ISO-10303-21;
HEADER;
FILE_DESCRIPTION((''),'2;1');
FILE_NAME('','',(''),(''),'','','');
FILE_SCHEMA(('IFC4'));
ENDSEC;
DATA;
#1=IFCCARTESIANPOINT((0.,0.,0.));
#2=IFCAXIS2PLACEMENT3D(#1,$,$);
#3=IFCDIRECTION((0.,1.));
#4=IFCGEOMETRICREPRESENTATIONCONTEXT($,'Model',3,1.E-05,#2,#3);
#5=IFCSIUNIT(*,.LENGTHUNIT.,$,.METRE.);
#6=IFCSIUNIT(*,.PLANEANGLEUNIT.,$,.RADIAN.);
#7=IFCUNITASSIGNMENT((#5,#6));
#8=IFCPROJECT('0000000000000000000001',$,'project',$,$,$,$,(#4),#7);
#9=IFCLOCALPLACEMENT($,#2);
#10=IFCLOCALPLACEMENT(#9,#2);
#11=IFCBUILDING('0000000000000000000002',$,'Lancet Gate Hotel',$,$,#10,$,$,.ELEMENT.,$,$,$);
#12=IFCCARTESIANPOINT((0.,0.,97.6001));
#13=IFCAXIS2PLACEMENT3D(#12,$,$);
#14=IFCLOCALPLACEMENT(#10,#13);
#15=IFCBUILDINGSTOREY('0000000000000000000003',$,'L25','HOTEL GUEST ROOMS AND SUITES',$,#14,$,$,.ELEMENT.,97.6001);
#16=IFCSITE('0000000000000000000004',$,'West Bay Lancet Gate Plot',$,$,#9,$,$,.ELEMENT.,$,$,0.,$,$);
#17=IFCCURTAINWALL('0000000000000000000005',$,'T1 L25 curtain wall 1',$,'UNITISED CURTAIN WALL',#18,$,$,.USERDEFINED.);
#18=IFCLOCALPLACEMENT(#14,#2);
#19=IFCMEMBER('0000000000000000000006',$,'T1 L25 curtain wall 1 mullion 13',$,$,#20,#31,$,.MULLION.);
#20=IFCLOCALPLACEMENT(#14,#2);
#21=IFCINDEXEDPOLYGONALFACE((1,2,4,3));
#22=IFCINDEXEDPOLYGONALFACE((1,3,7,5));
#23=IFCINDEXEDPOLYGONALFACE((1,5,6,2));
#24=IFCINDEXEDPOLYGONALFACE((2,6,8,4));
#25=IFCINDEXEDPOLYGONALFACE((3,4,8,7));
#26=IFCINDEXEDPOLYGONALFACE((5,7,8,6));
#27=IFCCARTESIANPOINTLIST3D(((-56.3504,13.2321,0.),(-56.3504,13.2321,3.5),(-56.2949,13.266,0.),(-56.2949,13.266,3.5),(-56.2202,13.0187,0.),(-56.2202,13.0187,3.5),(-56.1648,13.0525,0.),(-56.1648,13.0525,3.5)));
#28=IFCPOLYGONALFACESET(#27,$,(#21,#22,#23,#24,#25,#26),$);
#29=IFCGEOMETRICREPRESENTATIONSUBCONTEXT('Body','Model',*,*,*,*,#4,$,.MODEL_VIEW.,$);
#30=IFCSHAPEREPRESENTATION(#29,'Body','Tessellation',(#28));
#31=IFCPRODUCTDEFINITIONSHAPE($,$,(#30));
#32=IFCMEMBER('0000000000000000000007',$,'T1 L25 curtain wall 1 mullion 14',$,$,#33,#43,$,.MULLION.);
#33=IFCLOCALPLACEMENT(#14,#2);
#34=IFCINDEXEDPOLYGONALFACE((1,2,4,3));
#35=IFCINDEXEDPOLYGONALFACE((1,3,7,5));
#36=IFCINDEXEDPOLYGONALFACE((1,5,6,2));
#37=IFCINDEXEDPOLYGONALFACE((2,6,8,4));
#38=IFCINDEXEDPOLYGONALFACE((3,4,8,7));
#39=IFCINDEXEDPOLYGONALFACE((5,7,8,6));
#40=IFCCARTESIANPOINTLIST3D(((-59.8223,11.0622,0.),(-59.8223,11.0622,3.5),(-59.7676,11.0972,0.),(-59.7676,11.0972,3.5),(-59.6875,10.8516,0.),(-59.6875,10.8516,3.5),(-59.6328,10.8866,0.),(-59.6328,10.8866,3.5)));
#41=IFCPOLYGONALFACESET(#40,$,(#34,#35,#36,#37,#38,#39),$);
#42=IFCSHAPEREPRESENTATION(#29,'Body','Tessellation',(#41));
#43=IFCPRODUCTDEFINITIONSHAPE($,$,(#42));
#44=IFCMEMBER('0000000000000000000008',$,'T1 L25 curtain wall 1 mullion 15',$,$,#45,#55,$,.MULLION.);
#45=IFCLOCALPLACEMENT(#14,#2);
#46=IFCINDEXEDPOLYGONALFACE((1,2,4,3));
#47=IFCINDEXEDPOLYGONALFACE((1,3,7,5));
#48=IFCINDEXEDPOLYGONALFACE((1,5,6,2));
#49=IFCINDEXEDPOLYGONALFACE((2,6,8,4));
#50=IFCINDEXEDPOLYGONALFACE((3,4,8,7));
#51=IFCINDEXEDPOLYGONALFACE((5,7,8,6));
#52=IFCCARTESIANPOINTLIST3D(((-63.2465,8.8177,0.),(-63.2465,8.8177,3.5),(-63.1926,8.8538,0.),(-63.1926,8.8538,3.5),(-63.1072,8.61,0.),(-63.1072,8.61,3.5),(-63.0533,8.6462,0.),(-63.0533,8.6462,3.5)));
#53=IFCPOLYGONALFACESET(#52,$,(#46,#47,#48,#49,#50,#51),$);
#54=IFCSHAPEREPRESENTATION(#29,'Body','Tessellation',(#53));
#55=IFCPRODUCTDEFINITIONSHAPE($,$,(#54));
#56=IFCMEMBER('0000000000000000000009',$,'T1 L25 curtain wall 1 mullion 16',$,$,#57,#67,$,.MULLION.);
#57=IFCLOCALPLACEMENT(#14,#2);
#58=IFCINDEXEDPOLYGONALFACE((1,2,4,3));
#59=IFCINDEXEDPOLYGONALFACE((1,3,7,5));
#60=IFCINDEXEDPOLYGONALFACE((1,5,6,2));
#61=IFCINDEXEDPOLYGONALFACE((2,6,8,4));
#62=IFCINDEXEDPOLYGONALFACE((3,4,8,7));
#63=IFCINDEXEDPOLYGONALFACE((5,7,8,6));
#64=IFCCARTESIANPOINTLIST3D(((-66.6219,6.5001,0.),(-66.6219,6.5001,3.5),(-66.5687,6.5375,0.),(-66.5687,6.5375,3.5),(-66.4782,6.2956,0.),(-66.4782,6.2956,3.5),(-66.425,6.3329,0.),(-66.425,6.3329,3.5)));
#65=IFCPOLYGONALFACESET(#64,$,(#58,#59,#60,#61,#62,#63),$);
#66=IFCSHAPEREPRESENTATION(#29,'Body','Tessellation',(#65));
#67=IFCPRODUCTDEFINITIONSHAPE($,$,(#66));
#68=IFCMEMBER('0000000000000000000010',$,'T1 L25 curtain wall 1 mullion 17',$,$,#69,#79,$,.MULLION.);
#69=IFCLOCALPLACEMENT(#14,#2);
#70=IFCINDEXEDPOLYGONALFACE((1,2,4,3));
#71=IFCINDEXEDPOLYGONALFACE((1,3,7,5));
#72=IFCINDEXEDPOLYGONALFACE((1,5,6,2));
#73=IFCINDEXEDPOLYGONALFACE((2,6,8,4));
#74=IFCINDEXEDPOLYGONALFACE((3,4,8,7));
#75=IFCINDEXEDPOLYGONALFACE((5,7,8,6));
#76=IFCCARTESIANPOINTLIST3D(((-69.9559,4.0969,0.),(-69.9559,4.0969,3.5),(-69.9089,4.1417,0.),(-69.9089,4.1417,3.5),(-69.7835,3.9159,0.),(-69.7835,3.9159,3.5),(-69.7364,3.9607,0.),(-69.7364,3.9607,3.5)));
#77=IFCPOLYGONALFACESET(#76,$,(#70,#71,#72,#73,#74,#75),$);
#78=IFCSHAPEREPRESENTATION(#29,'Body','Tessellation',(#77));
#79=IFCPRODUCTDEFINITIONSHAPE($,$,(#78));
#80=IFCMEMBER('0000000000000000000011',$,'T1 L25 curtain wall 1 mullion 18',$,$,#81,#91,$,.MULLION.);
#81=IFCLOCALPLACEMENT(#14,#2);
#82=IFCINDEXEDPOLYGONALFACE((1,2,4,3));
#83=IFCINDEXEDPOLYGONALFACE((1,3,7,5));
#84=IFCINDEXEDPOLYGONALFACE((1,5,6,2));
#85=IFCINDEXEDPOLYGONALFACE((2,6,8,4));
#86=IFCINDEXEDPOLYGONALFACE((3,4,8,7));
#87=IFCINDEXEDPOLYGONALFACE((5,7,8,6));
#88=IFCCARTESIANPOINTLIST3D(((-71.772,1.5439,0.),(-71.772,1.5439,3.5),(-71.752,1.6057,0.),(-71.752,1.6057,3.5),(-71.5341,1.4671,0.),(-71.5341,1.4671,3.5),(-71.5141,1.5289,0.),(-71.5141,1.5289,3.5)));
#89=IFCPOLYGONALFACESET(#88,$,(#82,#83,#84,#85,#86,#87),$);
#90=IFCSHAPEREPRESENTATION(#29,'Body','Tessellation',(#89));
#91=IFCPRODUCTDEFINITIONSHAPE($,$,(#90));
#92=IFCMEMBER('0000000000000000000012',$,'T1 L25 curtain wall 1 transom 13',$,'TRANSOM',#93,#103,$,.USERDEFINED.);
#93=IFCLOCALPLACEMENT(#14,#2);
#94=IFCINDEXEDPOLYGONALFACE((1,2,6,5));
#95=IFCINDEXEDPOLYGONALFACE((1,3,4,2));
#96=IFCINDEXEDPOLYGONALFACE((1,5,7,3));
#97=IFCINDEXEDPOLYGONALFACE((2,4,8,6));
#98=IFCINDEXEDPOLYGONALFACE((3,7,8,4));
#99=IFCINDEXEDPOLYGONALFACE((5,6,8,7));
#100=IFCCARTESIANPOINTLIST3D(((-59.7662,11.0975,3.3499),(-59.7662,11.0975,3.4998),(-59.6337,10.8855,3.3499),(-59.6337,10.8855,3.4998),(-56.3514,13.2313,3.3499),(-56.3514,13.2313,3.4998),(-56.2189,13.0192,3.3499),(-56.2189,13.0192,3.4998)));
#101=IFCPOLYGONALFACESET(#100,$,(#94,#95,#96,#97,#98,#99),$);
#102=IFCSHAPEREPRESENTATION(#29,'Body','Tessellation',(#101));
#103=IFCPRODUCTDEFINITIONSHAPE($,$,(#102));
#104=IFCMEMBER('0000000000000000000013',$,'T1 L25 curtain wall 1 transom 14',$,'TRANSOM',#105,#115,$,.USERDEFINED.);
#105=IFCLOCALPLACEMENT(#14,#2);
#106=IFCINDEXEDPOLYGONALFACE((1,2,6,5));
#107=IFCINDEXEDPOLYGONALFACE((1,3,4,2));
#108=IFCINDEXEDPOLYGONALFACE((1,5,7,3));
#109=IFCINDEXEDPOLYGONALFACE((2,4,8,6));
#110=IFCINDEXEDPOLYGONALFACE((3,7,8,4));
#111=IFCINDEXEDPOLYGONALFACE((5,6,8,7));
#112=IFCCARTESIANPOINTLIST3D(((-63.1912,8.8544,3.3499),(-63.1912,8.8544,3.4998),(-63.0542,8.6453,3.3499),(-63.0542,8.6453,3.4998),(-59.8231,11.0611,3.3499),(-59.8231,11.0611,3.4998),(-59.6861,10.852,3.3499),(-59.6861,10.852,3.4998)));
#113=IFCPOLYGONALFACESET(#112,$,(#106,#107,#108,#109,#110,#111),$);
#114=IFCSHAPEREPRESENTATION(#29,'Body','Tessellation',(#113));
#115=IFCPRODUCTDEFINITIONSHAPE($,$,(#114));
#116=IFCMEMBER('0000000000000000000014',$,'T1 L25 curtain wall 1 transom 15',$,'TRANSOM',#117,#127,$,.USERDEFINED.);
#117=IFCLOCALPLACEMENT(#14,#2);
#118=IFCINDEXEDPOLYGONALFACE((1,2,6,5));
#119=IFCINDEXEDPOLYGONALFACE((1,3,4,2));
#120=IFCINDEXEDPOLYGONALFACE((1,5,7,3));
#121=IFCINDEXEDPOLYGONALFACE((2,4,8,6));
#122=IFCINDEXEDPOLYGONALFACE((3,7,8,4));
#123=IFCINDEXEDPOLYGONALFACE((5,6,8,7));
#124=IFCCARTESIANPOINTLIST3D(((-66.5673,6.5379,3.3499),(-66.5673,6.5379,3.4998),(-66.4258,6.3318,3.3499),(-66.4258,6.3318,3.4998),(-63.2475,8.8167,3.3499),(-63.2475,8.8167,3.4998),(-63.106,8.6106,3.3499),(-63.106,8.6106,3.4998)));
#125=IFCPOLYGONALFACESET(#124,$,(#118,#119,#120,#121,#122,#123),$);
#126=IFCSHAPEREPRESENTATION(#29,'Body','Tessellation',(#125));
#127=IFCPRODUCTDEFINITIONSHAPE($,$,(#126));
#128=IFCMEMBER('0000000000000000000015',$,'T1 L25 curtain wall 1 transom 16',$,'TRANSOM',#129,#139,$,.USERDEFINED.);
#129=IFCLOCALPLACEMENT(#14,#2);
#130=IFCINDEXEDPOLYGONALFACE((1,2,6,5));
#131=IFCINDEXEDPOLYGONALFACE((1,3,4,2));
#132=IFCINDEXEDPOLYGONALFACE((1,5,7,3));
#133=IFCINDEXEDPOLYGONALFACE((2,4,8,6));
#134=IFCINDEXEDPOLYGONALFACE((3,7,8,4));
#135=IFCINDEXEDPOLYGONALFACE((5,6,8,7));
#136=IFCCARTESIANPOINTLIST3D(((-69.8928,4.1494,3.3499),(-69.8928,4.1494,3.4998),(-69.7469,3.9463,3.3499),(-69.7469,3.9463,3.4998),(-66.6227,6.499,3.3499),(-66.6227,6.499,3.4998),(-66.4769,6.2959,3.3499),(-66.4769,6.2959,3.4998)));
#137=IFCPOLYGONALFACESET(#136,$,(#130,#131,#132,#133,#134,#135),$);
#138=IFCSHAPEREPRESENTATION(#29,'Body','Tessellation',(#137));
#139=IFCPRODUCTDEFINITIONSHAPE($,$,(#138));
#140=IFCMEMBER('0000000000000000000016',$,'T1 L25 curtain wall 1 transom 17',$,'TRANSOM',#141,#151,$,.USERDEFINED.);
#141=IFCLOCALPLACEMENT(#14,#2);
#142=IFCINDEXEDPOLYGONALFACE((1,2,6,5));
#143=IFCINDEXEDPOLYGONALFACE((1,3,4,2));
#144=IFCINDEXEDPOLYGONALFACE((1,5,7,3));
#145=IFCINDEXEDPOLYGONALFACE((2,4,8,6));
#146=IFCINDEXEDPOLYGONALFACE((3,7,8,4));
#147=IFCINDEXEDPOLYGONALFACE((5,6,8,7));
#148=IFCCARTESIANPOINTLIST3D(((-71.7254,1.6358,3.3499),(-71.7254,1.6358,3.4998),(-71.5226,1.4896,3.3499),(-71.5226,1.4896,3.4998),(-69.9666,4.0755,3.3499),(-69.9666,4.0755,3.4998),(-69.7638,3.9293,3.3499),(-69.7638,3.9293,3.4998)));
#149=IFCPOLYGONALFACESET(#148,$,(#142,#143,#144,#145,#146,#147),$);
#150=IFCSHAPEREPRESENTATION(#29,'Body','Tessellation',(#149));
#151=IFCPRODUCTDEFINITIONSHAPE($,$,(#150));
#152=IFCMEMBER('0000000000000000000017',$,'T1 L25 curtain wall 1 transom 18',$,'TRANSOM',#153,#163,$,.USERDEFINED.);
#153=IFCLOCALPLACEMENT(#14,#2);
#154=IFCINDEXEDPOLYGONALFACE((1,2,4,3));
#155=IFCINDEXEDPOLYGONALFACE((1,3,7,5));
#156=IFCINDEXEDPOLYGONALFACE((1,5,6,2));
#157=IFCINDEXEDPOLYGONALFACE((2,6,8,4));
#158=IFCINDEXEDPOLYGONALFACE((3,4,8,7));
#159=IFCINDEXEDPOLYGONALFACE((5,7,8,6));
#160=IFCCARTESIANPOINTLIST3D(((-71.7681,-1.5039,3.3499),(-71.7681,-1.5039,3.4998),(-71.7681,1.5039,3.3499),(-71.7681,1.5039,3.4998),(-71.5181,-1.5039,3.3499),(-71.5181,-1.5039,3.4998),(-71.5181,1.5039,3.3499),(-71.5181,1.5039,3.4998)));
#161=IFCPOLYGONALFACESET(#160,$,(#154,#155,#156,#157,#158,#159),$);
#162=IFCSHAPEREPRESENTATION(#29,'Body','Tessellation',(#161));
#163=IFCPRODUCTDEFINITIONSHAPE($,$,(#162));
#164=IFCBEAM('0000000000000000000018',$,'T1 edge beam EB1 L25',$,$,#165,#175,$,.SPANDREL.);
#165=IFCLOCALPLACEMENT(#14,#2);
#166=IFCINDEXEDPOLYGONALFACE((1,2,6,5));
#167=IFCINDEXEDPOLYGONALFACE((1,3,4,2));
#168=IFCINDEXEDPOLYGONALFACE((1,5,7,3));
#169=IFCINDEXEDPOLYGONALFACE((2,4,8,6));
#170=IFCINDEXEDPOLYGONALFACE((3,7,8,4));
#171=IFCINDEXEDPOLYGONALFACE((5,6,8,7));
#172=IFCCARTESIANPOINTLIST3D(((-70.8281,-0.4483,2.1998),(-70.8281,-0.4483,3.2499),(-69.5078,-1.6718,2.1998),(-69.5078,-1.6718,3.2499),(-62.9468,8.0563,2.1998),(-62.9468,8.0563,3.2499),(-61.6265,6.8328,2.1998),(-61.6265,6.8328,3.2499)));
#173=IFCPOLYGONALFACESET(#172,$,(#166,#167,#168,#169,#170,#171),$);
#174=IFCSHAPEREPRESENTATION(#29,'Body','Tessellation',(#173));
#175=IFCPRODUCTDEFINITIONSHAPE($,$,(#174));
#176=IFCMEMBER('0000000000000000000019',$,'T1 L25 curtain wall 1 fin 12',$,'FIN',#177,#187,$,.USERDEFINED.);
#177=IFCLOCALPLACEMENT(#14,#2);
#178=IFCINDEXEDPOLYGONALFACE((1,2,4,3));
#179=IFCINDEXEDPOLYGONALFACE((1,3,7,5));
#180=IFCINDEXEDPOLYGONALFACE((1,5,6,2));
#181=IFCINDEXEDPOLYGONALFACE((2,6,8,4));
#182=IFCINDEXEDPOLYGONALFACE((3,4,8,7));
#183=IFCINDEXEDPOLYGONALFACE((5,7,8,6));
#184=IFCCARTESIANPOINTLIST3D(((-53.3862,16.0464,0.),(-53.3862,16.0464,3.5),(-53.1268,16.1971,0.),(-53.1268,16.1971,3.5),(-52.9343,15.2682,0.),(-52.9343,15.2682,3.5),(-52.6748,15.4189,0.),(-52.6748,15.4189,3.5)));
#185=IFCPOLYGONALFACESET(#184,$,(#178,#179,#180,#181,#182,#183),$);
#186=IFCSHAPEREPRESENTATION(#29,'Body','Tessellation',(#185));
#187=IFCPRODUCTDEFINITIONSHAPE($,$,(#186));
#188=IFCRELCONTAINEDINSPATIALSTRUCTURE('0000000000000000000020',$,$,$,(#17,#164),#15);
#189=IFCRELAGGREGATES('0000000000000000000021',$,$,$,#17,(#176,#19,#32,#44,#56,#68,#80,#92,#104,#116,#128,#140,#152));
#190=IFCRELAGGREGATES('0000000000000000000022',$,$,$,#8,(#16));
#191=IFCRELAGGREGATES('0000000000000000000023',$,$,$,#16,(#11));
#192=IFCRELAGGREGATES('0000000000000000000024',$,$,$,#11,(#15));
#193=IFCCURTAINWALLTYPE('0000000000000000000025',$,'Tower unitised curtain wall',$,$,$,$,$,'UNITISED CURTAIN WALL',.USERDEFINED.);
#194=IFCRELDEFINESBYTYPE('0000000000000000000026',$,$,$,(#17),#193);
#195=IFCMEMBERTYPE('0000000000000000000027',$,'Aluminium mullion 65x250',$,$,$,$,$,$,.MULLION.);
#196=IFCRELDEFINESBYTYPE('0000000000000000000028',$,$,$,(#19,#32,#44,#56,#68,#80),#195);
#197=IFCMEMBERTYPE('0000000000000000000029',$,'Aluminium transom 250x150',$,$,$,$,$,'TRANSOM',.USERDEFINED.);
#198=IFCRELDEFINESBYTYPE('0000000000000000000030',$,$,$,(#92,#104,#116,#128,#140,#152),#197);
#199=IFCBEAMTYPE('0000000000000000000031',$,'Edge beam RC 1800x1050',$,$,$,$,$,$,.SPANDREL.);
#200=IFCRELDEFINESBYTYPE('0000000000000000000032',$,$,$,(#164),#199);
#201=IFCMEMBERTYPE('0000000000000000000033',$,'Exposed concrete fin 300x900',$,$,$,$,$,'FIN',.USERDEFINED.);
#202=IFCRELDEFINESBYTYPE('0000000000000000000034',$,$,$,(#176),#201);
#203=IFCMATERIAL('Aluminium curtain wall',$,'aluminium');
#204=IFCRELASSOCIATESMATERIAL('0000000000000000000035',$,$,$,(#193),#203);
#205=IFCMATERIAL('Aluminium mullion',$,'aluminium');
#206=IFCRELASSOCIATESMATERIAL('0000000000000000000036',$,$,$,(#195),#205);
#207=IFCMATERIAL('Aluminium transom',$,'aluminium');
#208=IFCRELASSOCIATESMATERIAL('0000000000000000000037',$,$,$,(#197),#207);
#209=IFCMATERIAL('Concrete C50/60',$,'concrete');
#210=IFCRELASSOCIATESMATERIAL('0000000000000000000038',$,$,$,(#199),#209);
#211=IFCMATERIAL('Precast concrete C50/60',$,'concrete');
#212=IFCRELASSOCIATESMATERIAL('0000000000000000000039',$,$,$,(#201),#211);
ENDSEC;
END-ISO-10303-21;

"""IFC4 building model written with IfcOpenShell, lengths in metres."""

from ifc_helpers import new_model, si_unit, direction, frame, origin, origin_2d, place, context, subcontext, project, spatial, rectangle, extrude, material, material_profile, profile_set, type_object, element, aggregate, save


model = new_model("IFC4")

# Units and contexts
model_context = context("Model", 3, precision=1e-05, world=origin(), true_north=direction((0.0, 1.0)))
body_context = subcontext(model_context, "Body", "Model", "MODEL_VIEW")
ifc_project = project(units=[si_unit("LENGTHUNIT", "METRE"), si_unit("PLANEANGLEUNIT", "RADIAN")], contexts=[model_context])

# Site, building, storey
site_placement = place(None, origin())
site = spatial("IfcSite", under=ifc_project, at=site_placement, Name="West Bay Lancet Gate Plot", CompositionType="ELEMENT", RefElevation=0.0)
building_placement = place(site_placement, origin())
building = spatial("IfcBuilding", under=site, at=building_placement, Name="Lancet Gate Hotel", CompositionType="ELEMENT")
storey_placement = place(building_placement, frame((0.0, 0.0, 97.6001)))
storey = spatial("IfcBuildingStorey", under=building, at=storey_placement, Name="L25", Description="HOTEL GUEST ROOMS AND SUITES", CompositionType="ELEMENT", Elevation=97.6001)

# Curtain wall, members
ifc_material_1 = material(Name="Aluminium curtain wall", Category="aluminium")
curtain_wall_type = type_object("IfcCurtainWallType", Name="Tower unitised curtain wall", ElementType="UNITISED CURTAIN WALL", PredefinedType="USERDEFINED", material=ifc_material_1)
curtain_wall_placement = place(storey_placement, origin())
curtain_wall = element("IfcCurtainWall", 1, at=curtain_wall_placement, inside=storey, type_object=curtain_wall_type, Name="T1 L25 curtain wall 1", ObjectType="UNITISED CURTAIN WALL", PredefinedType="USERDEFINED")
ifc_material_2 = material(Name="Aluminium mullion", Category="aluminium")
ifc_material_profile_1 = material_profile(ifc_material_2, rectangle(XDim=0.0649, YDim=0.25, at=origin_2d()), Name="MULLION 65x250")
ifc_profile_set_1 = profile_set([ifc_material_profile_1], Name="Aluminium mullion")
member_type_1 = type_object("IfcMemberType", Name="Aluminium mullion 65x250", PredefinedType="MULLION", material=ifc_profile_set_1)
member_1_placement = place(storey_placement, frame((-56.2576, 13.1423, 0.0), z_axis=(0.0, 0.0, 1.0), x_axis=(-0.853716, -0.520739, 0.0)))
member_1 = element("IfcMember", 2, at=member_1_placement, type_object=member_type_1, Name="T1 L25 curtain wall 1 mullion 13", PredefinedType="MULLION", context=body_context, shape_type="SweptSolid", body=[
    extrude(rectangle(XDim=0.0649, YDim=0.25, at=origin_2d()), origin(), (0.0, 0.0, 1.0), 3.5),
])
member_2_placement = place(storey_placement, frame((-59.7275, 10.9744, 0.0), z_axis=(0.0, 0.0, 1.0), x_axis=(-0.842308, -0.538996, 0.0)))
member_2 = element("IfcMember", 3, at=member_2_placement, type_object=member_type_1, Name="T1 L25 curtain wall 1 mullion 14", PredefinedType="MULLION", context=body_context, shape_type="SweptSolid", body=[
    extrude(rectangle(XDim=0.0649, YDim=0.25, at=origin_2d()), origin(), (0.0, 0.0, 1.0), 3.5),
])
member_3_placement = place(storey_placement, frame((-63.1499, 8.7319, 0.0), z_axis=(0.0, 0.0, 1.0), x_axis=(-0.83051, -0.557004, 0.0)))
member_3 = element("IfcMember", 4, at=member_3_placement, type_object=member_type_1, Name="T1 L25 curtain wall 1 mullion 15", PredefinedType="MULLION", context=body_context, shape_type="SweptSolid", body=[
    extrude(rectangle(XDim=0.0649, YDim=0.25, at=origin_2d()), origin(), (0.0, 0.0, 1.0), 3.5),
])
member_4_placement = place(storey_placement, frame((-66.5234, 6.4165, 0.0), z_axis=(0.0, 0.0, 1.0), x_axis=(-0.818327, -0.574753, 0.0)))
member_4 = element("IfcMember", 5, at=member_4_placement, type_object=member_type_1, Name="T1 L25 curtain wall 1 mullion 16", PredefinedType="MULLION", context=body_context, shape_type="SweptSolid", body=[
    extrude(rectangle(XDim=0.0649, YDim=0.25, at=origin_2d()), origin(), (0.0, 0.0, 1.0), 3.5),
])
member_5_placement = place(storey_placement, frame((-69.8462, 4.0288, 0.0), z_axis=(0.0, 0.0, 1.0), x_axis=(-0.723846, -0.689961, 0.0)))
member_5 = element("IfcMember", 6, at=member_5_placement, type_object=member_type_1, Name="T1 L25 curtain wall 1 mullion 17", PredefinedType="MULLION", context=body_context, shape_type="SweptSolid", body=[
    extrude(rectangle(XDim=0.0649, YDim=0.25, at=origin_2d()), origin(), (0.0, 0.0, 1.0), 3.5),
])
member_6_placement = place(storey_placement, frame((-71.6431, 1.5364, 0.0), z_axis=(0.0, 0.0, 1.0), x_axis=(-0.307269, -0.951623, 0.0)))
member_6 = element("IfcMember", 7, at=member_6_placement, type_object=member_type_1, Name="T1 L25 curtain wall 1 mullion 18", PredefinedType="MULLION", context=body_context, shape_type="SweptSolid", body=[
    extrude(rectangle(XDim=0.0649, YDim=0.25, at=origin_2d()), origin(), (0.0, 0.0, 1.0), 3.5),
])
ifc_material_3 = material(Name="Aluminium transom", Category="aluminium")
ifc_material_profile_2 = material_profile(ifc_material_3, rectangle(XDim=0.25, YDim=0.1499, at=origin_2d()), Name="TRANSOM 250x150")
ifc_profile_set_2 = profile_set([ifc_material_profile_2], Name="Aluminium transom")
member_type_2 = type_object("IfcMemberType", Name="Aluminium transom 250x150", ElementType="TRANSOM", PredefinedType="USERDEFINED", material=ifc_profile_set_2)
member_7_placement = place(storey_placement, frame((-56.2852, 13.1252, 3.4248), z_axis=(-0.848049, -0.529917, 0.0), x_axis=(0.529917, -0.848049, 0.0)))
member_7 = element("IfcMember", 8, at=member_7_placement, type_object=member_type_2, Name="T1 L25 curtain wall 1 transom 13", ObjectType="TRANSOM", PredefinedType="USERDEFINED", context=body_context, shape_type="SweptSolid", body=[
    extrude(rectangle(XDim=0.25, YDim=0.1499, at=origin_2d()), origin(), (0.0, 0.0, 1.0), 4.0266),
])
member_8_placement = place(storey_placement, frame((-59.7546, 10.9565, 3.4248), z_axis=(-0.836454, -0.548036, 0.0), x_axis=(0.548036, -0.836454, 0.0)))
member_8 = element("IfcMember", 9, at=member_8_placement, type_object=member_type_2, Name="T1 L25 curtain wall 1 transom 14", ObjectType="TRANSOM", PredefinedType="USERDEFINED", context=body_context, shape_type="SweptSolid", body=[
    extrude(rectangle(XDim=0.25, YDim=0.1499, at=origin_2d()), origin(), (0.0, 0.0, 1.0), 4.0266),
])
member_9_placement = place(storey_placement, frame((-63.1768, 8.7136, 3.4248), z_axis=(-0.824456, -0.565927, 0.0), x_axis=(0.565927, -0.824456, 0.0)))
member_9 = element("IfcMember", 10, at=member_9_placement, type_object=member_type_2, Name="T1 L25 curtain wall 1 transom 15", ObjectType="TRANSOM", PredefinedType="USERDEFINED", context=body_context, shape_type="SweptSolid", body=[
    extrude(rectangle(XDim=0.25, YDim=0.1499, at=origin_2d()), origin(), (0.0, 0.0, 1.0), 4.0266),
])
member_10_placement = place(storey_placement, frame((-66.5498, 6.3975, 3.4248), z_axis=(-0.8121, -0.583519, 0.0), x_axis=(0.583519, -0.8121, 0.0)))
member_10 = element("IfcMember", 11, at=member_10_placement, type_object=member_type_2, Name="T1 L25 curtain wall 1 transom 16", ObjectType="TRANSOM", PredefinedType="USERDEFINED", context=body_context, shape_type="SweptSolid", body=[
    extrude(rectangle(XDim=0.25, YDim=0.1499, at=origin_2d()), origin(), (0.0, 0.0, 1.0), 4.0266),
])
member_11_placement = place(storey_placement, frame((-69.8652, 4.0024, 3.4248), z_axis=(-0.584788, -0.811186, 0.0), x_axis=(0.811186, -0.584788, 0.0)))
member_11 = element("IfcMember", 12, at=member_11_placement, type_object=member_type_2, Name="T1 L25 curtain wall 1 transom 17", ObjectType="TRANSOM", PredefinedType="USERDEFINED", context=body_context, shape_type="SweptSolid", body=[
    extrude(rectangle(XDim=0.25, YDim=0.1499, at=origin_2d()), origin(), (0.0, 0.0, 1.0), 3.0076),
])
member_12_placement = place(storey_placement, frame((-71.6431, 1.5039, 3.4248), z_axis=(0.0, -1.0, 0.0), x_axis=(1.0, 0.0, 0.0)))
member_12 = element("IfcMember", 13, at=member_12_placement, type_object=member_type_2, Name="T1 L25 curtain wall 1 transom 18", ObjectType="TRANSOM", PredefinedType="USERDEFINED", context=body_context, shape_type="SweptSolid", body=[
    extrude(rectangle(XDim=0.25, YDim=0.1499, at=origin_2d()), origin(), (0.0, 0.0, 1.0), 3.0078),
])

# Beam
ifc_material_4 = material(Name="Concrete C50/60", Category="concrete")
ifc_material_profile_3 = material_profile(ifc_material_4, rectangle(XDim=1.8, YDim=1.05, at=origin_2d()), Name="RC 1800x1050")
ifc_profile_set_3 = profile_set([ifc_material_profile_3], Name="Concrete C50/60")
beam_type_1 = type_object("IfcBeamType", Name="Edge beam RC 1800x1050", PredefinedType="SPANDREL", material=ifc_profile_set_3)
beam_1_placement = place(storey_placement, frame((-62.2866, 7.4446, 2.7249), z_axis=(-0.679718, -0.733473, 0.0), x_axis=(0.733473, -0.679718, 0.0)))
element("IfcBeam", 14, at=beam_1_placement, inside=storey, type_object=beam_type_1, Name="T1 edge beam EB1 L25", PredefinedType="SPANDREL", context=body_context, shape_type="SweptSolid", body=[
    extrude(rectangle(XDim=1.8, YDim=1.05, at=origin_2d()), origin(), (0.0, 0.0, 1.0), 11.595),
])

# Member
ifc_material_5 = material(Name="Precast concrete C50/60", Category="concrete")
ifc_material_profile_4 = material_profile(ifc_material_5, rectangle(XDim=0.3, YDim=0.8999, at=origin_2d()), Name="FIN 300x900")
ifc_profile_set_4 = profile_set([ifc_material_profile_4], Name="Precast concrete C50/60")
member_type_3 = type_object("IfcMemberType", Name="Exposed concrete fin 300x900", ElementType="FIN", PredefinedType="USERDEFINED", material=ifc_profile_set_4)
member_13_placement = place(storey_placement, frame((-53.0305, 15.7327, 0.0), z_axis=(0.0, 0.0, 1.0), x_axis=(-0.864728, -0.502241, 0.0)))
member_13 = element("IfcMember", 15, at=member_13_placement, type_object=member_type_3, Name="T1 L25 curtain wall 1 fin 12", ObjectType="FIN", PredefinedType="USERDEFINED", context=body_context, shape_type="SweptSolid", body=[
    extrude(rectangle(XDim=0.3, YDim=0.8999, at=origin_2d()), origin(), (0.0, 0.0, 1.0), 3.5),
])

aggregate(curtain_wall, [member_13, member_1, member_2, member_3, member_4, member_5, member_6, member_7, member_8, member_9, member_10, member_11, member_12])

save(model, "model.ifc")
